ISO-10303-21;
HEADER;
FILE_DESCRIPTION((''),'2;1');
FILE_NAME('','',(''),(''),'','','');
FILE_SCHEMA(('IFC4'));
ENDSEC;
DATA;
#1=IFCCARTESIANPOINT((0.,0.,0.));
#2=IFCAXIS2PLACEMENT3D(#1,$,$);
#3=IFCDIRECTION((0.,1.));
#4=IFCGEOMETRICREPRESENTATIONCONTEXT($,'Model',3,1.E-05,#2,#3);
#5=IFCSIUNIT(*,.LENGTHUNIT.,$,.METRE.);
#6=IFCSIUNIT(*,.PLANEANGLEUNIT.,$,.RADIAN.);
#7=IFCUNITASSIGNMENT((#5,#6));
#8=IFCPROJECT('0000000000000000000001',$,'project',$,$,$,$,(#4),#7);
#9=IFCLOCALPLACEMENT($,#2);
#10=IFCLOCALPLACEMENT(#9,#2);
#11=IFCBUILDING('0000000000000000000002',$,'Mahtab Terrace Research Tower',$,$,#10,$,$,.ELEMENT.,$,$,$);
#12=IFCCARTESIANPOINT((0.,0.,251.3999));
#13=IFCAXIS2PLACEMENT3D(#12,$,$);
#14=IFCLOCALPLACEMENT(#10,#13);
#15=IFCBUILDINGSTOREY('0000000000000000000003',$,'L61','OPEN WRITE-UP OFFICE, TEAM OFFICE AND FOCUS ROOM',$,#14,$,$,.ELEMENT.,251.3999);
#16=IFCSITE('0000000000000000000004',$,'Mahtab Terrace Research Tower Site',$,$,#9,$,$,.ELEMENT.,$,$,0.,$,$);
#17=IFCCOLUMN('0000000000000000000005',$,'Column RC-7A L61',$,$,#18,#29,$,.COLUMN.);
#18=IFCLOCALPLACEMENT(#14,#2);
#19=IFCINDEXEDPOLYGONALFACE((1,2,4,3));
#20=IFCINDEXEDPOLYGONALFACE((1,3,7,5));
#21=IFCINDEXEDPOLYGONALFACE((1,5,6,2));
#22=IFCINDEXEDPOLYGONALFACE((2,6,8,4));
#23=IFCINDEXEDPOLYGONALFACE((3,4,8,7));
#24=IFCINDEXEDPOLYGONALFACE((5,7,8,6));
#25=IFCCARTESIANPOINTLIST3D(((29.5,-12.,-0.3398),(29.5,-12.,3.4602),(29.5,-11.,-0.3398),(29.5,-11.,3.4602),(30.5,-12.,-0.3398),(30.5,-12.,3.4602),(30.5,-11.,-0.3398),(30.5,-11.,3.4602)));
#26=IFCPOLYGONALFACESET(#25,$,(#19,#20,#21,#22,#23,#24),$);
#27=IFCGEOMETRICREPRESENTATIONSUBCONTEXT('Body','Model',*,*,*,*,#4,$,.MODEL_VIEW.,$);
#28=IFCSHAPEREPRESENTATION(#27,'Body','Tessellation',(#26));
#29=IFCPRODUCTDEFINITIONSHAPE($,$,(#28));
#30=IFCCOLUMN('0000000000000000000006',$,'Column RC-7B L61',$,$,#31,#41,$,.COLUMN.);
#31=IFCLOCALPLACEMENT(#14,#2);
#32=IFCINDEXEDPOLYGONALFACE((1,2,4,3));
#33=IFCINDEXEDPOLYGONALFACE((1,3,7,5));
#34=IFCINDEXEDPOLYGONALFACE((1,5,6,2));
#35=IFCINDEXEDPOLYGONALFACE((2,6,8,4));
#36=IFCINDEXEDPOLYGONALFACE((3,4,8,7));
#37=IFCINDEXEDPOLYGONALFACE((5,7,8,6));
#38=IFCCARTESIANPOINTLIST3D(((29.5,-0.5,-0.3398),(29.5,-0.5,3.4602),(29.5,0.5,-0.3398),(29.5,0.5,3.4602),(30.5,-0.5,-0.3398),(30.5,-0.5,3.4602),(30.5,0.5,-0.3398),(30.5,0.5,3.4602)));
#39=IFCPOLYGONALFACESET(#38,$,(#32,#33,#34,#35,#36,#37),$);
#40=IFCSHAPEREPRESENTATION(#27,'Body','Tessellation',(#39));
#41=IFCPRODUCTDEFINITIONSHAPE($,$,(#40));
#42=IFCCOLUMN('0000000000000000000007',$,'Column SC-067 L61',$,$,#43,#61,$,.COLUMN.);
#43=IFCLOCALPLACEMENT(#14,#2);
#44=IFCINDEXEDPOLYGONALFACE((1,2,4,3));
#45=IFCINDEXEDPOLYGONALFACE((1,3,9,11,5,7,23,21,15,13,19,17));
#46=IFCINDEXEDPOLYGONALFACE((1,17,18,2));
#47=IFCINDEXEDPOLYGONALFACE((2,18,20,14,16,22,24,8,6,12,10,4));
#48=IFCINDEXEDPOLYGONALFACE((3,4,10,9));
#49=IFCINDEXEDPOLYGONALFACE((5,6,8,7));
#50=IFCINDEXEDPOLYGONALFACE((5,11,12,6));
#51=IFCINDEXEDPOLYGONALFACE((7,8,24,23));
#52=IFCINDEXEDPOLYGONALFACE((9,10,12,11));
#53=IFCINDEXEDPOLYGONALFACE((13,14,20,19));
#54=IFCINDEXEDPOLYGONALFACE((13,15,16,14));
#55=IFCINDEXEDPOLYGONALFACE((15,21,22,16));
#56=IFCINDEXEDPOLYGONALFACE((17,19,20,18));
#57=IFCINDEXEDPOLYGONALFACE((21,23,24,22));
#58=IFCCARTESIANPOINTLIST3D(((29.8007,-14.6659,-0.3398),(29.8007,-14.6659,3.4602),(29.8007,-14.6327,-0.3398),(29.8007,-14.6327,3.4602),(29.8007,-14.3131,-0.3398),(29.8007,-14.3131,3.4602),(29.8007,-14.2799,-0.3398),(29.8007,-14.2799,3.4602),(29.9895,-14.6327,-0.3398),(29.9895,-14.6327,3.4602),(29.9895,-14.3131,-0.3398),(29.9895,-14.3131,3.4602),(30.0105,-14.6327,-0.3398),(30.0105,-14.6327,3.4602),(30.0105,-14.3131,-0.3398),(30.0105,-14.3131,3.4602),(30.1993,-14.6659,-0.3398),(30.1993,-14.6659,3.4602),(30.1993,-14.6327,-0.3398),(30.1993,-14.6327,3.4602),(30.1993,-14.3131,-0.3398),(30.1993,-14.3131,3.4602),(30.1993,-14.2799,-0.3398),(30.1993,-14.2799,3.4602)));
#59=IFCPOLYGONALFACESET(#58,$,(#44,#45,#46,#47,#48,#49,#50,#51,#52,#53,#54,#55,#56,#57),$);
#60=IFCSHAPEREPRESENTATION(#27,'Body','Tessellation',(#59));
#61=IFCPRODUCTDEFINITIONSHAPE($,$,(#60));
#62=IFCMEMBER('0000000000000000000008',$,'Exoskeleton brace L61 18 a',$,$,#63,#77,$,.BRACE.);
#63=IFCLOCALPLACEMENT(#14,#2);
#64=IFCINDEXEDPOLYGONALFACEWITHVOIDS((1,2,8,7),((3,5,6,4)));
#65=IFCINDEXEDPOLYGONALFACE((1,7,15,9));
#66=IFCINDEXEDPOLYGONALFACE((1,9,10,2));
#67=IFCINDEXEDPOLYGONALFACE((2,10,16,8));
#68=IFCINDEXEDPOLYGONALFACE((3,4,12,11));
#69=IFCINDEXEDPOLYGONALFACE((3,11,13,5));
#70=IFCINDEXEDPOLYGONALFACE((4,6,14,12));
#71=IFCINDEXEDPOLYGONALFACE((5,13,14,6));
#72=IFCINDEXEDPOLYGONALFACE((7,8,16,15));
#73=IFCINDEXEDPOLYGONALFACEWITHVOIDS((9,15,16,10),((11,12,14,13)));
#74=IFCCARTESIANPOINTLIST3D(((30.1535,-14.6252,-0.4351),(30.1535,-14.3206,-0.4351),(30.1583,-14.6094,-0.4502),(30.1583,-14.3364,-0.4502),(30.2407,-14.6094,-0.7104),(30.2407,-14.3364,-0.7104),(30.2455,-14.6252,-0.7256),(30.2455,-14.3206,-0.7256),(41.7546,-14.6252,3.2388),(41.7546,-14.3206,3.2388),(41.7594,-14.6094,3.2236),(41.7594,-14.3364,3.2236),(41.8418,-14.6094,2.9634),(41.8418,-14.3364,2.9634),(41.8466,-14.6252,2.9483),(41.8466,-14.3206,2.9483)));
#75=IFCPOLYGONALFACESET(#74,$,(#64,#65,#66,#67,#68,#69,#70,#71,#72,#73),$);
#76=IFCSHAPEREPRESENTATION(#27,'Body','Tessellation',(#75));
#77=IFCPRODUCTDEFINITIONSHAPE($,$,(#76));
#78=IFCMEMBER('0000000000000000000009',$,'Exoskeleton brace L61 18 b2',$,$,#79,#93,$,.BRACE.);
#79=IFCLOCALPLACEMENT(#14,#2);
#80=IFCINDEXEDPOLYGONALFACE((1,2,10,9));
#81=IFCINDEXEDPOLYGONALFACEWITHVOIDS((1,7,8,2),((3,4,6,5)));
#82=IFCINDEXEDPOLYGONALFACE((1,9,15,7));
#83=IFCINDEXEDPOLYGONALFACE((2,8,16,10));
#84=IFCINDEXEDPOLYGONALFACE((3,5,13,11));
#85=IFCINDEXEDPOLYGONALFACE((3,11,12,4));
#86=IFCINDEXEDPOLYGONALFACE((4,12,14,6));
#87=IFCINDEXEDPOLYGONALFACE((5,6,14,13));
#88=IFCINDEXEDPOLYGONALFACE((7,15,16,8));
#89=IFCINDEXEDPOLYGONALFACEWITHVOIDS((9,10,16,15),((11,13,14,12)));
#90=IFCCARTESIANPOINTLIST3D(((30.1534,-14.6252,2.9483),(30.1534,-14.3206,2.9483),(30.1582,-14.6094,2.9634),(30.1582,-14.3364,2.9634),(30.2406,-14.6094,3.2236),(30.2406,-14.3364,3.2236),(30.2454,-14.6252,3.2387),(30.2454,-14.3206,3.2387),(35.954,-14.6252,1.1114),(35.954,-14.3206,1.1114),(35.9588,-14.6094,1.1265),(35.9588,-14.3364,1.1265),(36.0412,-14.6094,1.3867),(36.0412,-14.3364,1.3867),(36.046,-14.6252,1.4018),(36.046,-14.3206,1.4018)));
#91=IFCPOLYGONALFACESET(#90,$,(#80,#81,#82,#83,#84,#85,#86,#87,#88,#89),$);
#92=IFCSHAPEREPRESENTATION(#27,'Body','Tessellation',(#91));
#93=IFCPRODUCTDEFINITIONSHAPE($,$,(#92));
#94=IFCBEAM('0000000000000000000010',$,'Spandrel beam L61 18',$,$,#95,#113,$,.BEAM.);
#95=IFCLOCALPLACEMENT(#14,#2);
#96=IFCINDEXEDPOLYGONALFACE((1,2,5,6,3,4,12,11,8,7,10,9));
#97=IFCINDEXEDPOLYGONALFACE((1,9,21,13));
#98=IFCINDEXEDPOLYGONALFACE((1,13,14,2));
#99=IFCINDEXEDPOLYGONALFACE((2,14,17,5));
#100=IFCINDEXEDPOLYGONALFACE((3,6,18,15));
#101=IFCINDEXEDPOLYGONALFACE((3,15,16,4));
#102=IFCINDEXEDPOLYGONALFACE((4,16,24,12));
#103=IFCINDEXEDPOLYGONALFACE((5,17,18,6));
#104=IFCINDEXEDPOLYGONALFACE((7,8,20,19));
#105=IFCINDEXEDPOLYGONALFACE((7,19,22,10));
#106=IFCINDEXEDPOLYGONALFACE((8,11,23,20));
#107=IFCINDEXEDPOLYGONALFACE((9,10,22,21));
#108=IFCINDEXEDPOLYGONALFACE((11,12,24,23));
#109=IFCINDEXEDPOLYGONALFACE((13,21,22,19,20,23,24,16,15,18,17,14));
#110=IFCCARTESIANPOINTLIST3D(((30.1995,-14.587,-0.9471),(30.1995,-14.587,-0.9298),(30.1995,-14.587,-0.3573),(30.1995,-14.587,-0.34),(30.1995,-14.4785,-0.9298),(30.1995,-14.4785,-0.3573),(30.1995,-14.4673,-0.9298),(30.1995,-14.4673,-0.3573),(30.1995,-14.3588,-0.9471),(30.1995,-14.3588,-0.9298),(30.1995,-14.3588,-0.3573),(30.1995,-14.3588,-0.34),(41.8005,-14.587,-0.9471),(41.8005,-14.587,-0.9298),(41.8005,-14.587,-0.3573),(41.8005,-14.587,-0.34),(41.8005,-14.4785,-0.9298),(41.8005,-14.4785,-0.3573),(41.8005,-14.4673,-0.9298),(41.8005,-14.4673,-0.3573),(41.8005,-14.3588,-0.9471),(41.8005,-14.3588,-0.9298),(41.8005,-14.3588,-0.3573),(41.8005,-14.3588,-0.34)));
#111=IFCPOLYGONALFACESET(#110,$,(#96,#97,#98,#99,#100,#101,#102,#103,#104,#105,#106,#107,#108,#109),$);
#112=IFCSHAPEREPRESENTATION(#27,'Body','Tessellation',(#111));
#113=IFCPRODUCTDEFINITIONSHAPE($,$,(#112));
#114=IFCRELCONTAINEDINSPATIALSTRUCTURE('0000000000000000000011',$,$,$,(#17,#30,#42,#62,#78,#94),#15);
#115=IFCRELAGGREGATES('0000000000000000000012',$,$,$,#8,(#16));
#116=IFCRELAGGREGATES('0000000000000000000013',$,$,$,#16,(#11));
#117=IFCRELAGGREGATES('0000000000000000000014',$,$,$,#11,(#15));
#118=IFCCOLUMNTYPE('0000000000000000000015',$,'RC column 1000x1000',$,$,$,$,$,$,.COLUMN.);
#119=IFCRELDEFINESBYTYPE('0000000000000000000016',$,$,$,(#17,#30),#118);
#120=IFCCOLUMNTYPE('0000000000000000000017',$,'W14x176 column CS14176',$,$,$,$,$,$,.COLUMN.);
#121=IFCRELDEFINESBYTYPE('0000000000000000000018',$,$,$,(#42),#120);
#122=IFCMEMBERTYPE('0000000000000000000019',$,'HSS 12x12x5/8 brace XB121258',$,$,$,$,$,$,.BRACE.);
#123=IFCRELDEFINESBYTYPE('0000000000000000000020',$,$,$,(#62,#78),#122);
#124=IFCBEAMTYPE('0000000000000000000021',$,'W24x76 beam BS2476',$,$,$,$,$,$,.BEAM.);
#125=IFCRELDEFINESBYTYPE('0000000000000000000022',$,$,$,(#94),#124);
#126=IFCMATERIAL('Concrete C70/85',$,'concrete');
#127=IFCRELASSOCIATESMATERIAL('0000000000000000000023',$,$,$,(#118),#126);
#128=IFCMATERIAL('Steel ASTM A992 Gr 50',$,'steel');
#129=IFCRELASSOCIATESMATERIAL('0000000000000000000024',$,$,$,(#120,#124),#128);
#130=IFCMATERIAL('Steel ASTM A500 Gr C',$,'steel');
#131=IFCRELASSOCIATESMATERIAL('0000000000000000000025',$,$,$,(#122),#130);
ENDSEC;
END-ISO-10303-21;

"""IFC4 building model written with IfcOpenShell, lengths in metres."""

from ifc_helpers import new_model, si_unit, direction, frame, origin, origin_2d, place, context, subcontext, project, spatial, rectangle, hollow_rectangle, i_section, extrude, material, material_profile, profile_set, type_object, element, save


model = new_model("IFC4")

# Units and contexts
model_context = context("Model", 3, precision=1e-05, world=origin(), true_north=direction((0.0, 1.0)))
body_context = subcontext(model_context, "Body", "Model", "MODEL_VIEW")
ifc_project = project(units=[si_unit("LENGTHUNIT", "METRE"), si_unit("PLANEANGLEUNIT", "RADIAN")], contexts=[model_context])

# Site, building, storey
site_placement = place(None, origin())
site = spatial("IfcSite", under=ifc_project, at=site_placement, Name="Mahtab Terrace Research Tower Site", CompositionType="ELEMENT", RefElevation=0.0)
building_placement = place(site_placement, origin())
building = spatial("IfcBuilding", under=site, at=building_placement, Name="Mahtab Terrace Research Tower", CompositionType="ELEMENT")
storey_placement = place(building_placement, frame((0.0, 0.0, 251.3999)))
storey = spatial("IfcBuildingStorey", under=building, at=storey_placement, Name="L61", Description="OPEN WRITE-UP OFFICE, TEAM OFFICE AND FOCUS ROOM", CompositionType="ELEMENT", Elevation=251.3999)

# Columns
ifc_material_1 = material(Name="Concrete C70/85", Category="concrete")
ifc_material_profile_1 = material_profile(ifc_material_1, rectangle(XDim=1.0, YDim=1.0, at=origin_2d()), Name="RC column 1000x1000")
ifc_profile_set_1 = profile_set([ifc_material_profile_1], Name="Concrete C70/85")
column_type_1 = type_object("IfcColumnType", Name="RC column 1000x1000", PredefinedType="COLUMN", material=ifc_profile_set_1)
for number, where, z_axis, x_axis, name in (
    (1, (30.0, -11.5, -0.3398), (0.0, 0.0, 1.0), (1.0, 0.0, 0.0), "Column RC-7A L61"),
    (2, (30.0, 0.0, -0.3398), (0.0, 0.0, 1.0), (1.0, 0.0, 0.0), "Column RC-7B L61"),
):
    element("IfcColumn", number, at=place(storey_placement, frame(where, z_axis=z_axis, x_axis=x_axis)), inside=storey, type_object=column_type_1, Name=name, PredefinedType="COLUMN", context=body_context, shape_type="SweptSolid", body=[
        extrude(rectangle(XDim=1.0, YDim=1.0, at=origin_2d()), origin(), (0.0, 0.0, 1.0), 3.8),
    ])
ifc_material_2 = material(Name="Steel ASTM A992 Gr 50", Category="steel")
ifc_material_profile_2 = material_profile(ifc_material_2, i_section(OverallWidth=0.3987, OverallDepth=0.386, WebThickness=0.021, FlangeThickness=0.0332, at=origin_2d()), Name="W14X176")
ifc_profile_set_2 = profile_set([ifc_material_profile_2], Name="Steel ASTM A992 Gr 50")
column_type_2 = type_object("IfcColumnType", Name="W14x176 column CS14176", PredefinedType="COLUMN", material=ifc_profile_set_2)
column_placement = place(storey_placement, frame((30.0, -14.4729, -0.3398), z_axis=(0.0, 0.0, 1.0), x_axis=(1.0, 0.0, 0.0)))
element("IfcColumn", 3, at=column_placement, inside=storey, type_object=column_type_2, Name="Column SC-067 L61", PredefinedType="COLUMN", context=body_context, shape_type="SweptSolid", body=[
    extrude(i_section(OverallWidth=0.3987, OverallDepth=0.386, WebThickness=0.021, FlangeThickness=0.0332, at=origin_2d()), origin(), (0.0, 0.0, 1.0), 3.8),
])

# Members
ifc_material_3 = material(Name="Steel ASTM A500 Gr C", Category="steel")
ifc_material_profile_3 = material_profile(ifc_material_3, hollow_rectangle(XDim=0.3047, YDim=0.3047, WallThickness=0.0159, at=origin_2d()), Name="HSS12X12X5/8")
ifc_profile_set_3 = profile_set([ifc_material_profile_3], Name="Steel ASTM A500 Gr C")
member_type = type_object("IfcMemberType", Name="HSS 12x12x5/8 brace XB121258", PredefinedType="BRACE", material=ifc_profile_set_3)
member_1_placement = place(storey_placement, frame((30.1995, -14.4729, -0.5803), z_axis=(0.953339, 0.0, 0.301903), x_axis=(0.0, 1.0, 0.0)))
element("IfcMember", 4, at=member_1_placement, inside=storey, type_object=member_type, Name="Exoskeleton brace L61 18 a", PredefinedType="BRACE", context=body_context, shape_type="SweptSolid", body=[
    extrude(hollow_rectangle(XDim=0.3047, YDim=0.3047, WallThickness=0.0159, at=origin_2d()), origin(), (0.0, 0.0, 1.0), 12.1689),
])
member_2_placement = place(storey_placement, frame((36.0, -14.4729, 1.2566), z_axis=(-0.953339, 0.0, 0.301903), x_axis=(0.0, -1.0, 0.0)))
element("IfcMember", 5, at=member_2_placement, inside=storey, type_object=member_type, Name="Exoskeleton brace L61 18 b2", PredefinedType="BRACE", context=body_context, shape_type="SweptSolid", body=[
    extrude(hollow_rectangle(XDim=0.3047, YDim=0.3047, WallThickness=0.0159, at=origin_2d()), origin(), (0.0, 0.0, 1.0), 6.0845),
])

# Beam
ifc_material_profile_4 = material_profile(ifc_material_2, i_section(OverallWidth=0.2283, OverallDepth=0.6072, WebThickness=0.0112, FlangeThickness=0.0173, at=origin_2d()), Name="W24X76")
ifc_profile_set_4 = profile_set([ifc_material_profile_4], Name="Steel ASTM A992 Gr 50")
beam_type = type_object("IfcBeamType", Name="W24x76 beam BS2476", PredefinedType="BEAM", material=ifc_profile_set_4)
beam_placement = place(storey_placement, frame((30.1995, -14.4729, -0.6436), z_axis=(1.0, 0.0, 0.0), x_axis=(0.0, 1.0, 0.0)))
element("IfcBeam", 6, at=beam_placement, inside=storey, type_object=beam_type, Name="Spandrel beam L61 18", PredefinedType="BEAM", context=body_context, shape_type="SweptSolid", body=[
    extrude(i_section(OverallWidth=0.2283, OverallDepth=0.6072, WebThickness=0.0112, FlangeThickness=0.0173, at=origin_2d()), origin(), (0.0, 0.0, 1.0), 11.6011),
])

save(model, "model.ifc")
